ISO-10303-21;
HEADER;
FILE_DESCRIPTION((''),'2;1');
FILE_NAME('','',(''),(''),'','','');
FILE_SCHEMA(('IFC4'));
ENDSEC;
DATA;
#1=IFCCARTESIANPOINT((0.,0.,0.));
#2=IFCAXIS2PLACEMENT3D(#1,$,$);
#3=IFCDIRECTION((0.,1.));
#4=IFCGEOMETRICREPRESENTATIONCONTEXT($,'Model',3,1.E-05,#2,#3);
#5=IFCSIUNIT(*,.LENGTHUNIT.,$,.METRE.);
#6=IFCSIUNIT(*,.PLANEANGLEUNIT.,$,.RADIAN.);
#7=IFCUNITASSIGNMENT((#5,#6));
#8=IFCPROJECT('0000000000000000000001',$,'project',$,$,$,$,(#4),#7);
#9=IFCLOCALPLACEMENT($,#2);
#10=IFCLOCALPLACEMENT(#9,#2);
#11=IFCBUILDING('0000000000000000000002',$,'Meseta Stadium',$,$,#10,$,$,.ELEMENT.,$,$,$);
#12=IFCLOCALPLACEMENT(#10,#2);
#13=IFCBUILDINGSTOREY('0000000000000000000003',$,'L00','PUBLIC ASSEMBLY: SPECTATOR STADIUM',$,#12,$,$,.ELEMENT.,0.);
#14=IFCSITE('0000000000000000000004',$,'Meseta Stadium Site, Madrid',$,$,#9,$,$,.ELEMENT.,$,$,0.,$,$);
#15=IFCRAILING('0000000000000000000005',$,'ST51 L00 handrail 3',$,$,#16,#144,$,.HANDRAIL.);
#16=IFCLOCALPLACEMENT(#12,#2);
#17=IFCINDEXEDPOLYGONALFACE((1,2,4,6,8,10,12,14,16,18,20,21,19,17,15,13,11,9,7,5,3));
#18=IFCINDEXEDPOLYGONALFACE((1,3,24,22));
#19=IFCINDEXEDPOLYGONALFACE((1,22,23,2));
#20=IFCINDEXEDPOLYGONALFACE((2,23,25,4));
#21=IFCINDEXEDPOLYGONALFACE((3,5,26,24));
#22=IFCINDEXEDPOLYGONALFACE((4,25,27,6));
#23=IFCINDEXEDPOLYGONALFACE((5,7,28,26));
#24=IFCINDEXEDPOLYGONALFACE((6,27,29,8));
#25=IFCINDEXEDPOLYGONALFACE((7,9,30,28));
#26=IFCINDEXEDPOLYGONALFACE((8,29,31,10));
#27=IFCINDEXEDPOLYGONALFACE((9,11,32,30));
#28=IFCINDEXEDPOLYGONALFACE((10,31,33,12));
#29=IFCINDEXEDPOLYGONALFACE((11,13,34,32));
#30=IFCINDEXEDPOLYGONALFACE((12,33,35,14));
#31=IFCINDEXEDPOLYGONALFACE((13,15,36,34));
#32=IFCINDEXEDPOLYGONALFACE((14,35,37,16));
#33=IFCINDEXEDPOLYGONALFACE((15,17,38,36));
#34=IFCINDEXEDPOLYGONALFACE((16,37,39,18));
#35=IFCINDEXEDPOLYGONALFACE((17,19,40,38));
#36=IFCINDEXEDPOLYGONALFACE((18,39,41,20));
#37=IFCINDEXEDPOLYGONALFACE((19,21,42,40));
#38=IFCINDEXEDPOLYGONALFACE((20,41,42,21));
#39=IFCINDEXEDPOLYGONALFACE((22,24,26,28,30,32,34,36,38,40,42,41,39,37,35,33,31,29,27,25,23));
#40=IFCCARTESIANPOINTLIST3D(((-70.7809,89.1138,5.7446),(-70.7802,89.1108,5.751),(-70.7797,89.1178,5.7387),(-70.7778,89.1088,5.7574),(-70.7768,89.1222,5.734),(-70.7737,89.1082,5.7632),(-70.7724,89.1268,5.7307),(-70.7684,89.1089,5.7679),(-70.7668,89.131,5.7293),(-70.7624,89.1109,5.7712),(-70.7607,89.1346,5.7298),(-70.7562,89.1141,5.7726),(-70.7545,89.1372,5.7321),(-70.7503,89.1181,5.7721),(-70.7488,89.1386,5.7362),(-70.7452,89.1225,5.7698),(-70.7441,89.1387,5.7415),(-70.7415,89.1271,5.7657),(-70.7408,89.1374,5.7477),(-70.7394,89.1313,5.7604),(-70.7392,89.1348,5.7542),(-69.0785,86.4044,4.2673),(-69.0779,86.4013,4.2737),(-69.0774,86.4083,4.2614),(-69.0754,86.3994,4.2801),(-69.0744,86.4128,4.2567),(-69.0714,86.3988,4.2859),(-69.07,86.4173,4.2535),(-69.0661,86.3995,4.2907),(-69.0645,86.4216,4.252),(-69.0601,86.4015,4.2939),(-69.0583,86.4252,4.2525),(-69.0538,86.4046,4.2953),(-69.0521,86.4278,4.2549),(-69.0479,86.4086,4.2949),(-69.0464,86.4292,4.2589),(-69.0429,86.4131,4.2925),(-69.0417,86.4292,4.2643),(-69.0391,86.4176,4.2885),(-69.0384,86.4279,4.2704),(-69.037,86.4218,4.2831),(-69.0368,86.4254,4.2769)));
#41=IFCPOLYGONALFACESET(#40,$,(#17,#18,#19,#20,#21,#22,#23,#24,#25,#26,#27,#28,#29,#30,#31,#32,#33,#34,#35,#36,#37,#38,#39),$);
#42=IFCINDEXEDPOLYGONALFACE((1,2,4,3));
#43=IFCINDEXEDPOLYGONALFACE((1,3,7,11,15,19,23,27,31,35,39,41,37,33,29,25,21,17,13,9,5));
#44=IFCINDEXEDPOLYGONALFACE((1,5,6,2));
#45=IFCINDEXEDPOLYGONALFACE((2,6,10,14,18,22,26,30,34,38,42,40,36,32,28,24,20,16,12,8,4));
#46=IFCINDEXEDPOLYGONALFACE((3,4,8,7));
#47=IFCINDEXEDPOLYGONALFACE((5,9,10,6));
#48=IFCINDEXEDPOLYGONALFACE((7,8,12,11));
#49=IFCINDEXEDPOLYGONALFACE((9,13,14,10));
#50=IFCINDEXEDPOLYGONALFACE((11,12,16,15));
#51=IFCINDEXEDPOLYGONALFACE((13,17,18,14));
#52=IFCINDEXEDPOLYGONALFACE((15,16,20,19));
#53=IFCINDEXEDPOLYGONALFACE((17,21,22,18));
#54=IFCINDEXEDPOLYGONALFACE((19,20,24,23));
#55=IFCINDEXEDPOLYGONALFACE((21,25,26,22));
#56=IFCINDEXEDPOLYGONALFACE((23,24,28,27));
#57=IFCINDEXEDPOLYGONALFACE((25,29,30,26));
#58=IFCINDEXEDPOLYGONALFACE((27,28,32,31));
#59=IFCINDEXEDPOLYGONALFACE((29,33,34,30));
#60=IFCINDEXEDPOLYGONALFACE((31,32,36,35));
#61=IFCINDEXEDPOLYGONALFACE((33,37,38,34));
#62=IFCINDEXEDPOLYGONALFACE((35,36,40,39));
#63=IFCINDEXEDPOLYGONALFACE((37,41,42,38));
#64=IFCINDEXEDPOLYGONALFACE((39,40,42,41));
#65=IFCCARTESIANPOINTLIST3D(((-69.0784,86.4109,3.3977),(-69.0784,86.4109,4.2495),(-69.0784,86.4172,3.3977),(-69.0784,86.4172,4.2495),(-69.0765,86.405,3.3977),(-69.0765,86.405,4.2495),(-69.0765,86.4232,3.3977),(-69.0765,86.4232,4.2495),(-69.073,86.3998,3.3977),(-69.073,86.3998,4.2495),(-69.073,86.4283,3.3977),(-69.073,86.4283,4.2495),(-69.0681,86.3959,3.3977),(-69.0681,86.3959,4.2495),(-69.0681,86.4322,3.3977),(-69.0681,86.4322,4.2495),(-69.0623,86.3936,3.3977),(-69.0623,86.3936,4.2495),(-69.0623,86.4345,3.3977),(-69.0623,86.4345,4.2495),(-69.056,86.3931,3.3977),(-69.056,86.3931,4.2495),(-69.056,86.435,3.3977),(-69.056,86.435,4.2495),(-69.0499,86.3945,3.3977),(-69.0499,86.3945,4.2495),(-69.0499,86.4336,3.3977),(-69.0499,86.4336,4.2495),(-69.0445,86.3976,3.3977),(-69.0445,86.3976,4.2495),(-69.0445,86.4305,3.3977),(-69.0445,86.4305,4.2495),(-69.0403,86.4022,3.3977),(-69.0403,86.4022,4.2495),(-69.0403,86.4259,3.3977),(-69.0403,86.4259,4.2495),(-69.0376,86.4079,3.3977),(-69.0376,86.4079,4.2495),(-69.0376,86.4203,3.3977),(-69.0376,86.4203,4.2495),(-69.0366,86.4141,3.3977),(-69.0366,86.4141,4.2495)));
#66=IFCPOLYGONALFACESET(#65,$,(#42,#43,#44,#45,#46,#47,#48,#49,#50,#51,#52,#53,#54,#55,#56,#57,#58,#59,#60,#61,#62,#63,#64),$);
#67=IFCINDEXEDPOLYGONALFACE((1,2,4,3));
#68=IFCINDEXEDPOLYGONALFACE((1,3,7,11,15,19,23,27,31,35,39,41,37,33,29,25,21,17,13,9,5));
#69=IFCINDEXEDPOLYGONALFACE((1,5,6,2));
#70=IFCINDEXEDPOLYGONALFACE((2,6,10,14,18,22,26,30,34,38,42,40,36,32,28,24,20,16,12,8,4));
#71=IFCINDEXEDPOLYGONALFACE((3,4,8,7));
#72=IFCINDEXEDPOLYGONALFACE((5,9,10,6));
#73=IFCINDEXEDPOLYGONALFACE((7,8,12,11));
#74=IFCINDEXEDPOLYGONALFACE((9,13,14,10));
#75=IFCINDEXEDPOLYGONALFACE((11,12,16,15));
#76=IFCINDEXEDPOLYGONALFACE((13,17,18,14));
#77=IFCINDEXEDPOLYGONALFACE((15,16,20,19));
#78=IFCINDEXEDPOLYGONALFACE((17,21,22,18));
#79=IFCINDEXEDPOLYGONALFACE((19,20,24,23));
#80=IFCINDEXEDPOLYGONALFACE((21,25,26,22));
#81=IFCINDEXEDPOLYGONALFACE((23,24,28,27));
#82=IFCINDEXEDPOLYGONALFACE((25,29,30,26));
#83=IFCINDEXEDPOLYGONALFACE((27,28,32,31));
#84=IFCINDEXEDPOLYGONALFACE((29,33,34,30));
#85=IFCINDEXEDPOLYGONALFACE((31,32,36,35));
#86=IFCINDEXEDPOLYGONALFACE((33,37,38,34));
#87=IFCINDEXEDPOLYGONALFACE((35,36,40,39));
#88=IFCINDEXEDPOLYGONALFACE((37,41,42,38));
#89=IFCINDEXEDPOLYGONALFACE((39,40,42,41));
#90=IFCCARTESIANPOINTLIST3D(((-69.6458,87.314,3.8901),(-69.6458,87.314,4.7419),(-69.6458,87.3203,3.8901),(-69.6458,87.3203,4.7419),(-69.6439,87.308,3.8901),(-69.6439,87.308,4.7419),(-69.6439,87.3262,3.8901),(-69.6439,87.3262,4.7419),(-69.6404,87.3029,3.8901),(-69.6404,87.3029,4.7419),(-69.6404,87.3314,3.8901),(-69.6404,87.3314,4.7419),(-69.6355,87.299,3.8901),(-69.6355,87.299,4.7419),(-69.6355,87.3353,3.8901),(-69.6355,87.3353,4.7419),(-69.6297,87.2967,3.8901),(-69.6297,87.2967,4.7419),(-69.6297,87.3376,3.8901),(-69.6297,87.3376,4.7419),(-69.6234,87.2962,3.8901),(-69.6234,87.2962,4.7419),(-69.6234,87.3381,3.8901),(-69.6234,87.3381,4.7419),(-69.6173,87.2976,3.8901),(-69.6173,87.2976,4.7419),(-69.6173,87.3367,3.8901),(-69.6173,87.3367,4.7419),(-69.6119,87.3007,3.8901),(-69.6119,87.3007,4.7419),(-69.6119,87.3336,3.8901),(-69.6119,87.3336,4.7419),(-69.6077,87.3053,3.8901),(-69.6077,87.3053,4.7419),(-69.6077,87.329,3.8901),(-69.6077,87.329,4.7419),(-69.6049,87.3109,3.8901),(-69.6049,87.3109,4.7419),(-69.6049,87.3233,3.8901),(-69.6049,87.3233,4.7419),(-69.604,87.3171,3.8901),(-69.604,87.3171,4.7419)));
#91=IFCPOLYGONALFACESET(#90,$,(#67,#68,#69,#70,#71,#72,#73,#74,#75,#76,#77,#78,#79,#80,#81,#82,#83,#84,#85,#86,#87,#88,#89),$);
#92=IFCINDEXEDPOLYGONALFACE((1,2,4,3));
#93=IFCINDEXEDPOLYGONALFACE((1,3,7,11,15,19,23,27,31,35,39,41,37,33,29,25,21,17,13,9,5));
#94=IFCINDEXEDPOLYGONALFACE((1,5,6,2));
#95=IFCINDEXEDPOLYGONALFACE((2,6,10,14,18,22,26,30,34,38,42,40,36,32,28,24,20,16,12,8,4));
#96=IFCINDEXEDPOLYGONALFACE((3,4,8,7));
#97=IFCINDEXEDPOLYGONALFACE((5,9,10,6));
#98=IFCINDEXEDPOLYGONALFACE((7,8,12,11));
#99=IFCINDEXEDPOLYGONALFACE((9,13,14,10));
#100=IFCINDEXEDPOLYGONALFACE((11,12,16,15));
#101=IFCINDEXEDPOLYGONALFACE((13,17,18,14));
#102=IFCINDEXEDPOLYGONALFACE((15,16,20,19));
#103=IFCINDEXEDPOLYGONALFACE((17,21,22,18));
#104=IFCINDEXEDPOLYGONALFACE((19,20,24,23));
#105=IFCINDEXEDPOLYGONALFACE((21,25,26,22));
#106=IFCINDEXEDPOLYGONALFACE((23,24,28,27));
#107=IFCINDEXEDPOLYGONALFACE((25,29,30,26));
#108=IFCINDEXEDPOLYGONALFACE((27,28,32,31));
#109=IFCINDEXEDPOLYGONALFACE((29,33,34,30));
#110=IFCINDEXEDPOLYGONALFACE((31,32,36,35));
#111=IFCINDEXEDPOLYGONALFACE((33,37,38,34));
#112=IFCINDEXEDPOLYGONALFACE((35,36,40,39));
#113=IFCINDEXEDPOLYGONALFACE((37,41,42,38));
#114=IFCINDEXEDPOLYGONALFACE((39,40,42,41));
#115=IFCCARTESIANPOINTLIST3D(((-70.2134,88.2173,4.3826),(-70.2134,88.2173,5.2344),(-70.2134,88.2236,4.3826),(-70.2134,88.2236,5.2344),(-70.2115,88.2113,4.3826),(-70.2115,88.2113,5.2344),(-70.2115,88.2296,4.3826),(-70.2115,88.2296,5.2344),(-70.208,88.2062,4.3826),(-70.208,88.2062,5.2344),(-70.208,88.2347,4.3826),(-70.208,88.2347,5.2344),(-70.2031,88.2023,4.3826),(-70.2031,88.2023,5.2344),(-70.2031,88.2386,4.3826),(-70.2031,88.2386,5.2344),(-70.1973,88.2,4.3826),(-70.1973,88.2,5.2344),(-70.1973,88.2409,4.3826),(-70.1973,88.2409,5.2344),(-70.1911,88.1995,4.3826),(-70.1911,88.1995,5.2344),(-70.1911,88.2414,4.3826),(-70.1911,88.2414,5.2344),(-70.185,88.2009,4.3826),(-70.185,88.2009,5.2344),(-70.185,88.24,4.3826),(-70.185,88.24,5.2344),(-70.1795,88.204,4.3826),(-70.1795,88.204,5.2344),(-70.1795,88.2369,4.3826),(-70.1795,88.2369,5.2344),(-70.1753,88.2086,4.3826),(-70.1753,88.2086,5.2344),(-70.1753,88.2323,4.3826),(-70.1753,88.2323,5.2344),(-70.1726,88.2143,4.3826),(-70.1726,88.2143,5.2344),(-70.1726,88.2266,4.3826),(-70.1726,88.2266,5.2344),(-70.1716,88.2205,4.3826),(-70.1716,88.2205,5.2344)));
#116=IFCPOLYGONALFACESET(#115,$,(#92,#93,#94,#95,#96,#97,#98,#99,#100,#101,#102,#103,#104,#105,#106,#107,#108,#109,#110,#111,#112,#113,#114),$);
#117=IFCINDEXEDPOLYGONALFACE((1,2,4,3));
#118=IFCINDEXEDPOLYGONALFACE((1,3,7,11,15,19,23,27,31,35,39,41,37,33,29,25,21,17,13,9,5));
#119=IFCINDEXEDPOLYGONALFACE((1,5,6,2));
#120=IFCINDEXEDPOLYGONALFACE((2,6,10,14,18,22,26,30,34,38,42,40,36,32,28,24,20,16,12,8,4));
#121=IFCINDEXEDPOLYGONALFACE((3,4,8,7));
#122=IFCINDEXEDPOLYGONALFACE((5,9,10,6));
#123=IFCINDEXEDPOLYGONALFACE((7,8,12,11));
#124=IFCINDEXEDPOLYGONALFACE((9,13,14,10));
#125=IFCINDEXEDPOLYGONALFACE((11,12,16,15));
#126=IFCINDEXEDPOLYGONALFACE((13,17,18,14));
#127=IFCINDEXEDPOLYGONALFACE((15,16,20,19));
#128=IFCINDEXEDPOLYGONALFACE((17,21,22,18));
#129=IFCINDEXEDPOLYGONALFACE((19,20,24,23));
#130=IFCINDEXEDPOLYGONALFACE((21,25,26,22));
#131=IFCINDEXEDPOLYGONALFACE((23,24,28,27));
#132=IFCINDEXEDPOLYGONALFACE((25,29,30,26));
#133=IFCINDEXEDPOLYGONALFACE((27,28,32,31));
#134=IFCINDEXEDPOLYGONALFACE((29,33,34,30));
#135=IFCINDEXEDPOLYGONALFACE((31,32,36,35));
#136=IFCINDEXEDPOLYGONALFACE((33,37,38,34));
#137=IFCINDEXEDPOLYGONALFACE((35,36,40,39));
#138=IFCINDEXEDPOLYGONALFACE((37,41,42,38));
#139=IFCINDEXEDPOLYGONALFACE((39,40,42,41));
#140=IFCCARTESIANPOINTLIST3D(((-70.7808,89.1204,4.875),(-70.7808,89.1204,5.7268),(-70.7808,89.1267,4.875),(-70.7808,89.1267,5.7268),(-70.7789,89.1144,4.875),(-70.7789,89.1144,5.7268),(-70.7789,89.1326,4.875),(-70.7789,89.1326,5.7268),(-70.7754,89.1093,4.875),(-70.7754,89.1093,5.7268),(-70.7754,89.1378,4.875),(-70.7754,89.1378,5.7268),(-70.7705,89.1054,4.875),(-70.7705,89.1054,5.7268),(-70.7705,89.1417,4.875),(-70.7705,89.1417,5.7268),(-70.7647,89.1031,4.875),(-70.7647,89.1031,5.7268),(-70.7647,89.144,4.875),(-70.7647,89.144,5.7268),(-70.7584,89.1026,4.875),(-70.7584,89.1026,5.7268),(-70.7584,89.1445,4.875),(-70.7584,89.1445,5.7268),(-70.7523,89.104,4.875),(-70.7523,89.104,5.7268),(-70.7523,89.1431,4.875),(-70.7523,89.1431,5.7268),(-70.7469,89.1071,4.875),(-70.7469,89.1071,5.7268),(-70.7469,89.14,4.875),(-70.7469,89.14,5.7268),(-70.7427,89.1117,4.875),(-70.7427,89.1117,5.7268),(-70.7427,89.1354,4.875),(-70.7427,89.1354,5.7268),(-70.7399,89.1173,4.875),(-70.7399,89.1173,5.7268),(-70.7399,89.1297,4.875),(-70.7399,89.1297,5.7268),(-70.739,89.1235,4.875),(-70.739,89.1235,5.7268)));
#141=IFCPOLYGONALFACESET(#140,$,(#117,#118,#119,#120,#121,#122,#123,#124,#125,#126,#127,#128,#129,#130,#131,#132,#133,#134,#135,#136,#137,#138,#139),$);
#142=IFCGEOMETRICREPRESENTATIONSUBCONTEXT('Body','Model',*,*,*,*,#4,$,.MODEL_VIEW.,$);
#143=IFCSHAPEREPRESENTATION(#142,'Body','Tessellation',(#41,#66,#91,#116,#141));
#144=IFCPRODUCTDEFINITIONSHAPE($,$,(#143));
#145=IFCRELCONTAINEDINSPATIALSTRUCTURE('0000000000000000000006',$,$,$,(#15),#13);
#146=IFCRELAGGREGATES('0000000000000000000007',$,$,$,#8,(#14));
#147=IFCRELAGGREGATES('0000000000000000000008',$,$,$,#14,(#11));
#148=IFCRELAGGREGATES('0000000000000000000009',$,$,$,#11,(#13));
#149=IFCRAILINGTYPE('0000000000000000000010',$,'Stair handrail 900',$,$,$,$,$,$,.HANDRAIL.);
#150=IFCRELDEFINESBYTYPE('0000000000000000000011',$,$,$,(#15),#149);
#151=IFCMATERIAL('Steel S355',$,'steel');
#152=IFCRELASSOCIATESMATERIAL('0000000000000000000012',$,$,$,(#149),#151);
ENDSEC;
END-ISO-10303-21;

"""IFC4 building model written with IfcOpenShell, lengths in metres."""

from ifc_helpers import new_model, si_unit, direction, frame, origin, origin_2d, place, context, subcontext, project, spatial, circle, extrude, material, type_object, element, save


model = new_model("IFC4")

# Units and contexts
model_context = context("Model", 3, precision=1e-05, world=origin(), true_north=direction((0.0, 1.0)))
body_context = subcontext(model_context, "Body", "Model", "MODEL_VIEW")
ifc_project = project(units=[si_unit("LENGTHUNIT", "METRE"), si_unit("PLANEANGLEUNIT", "RADIAN")], contexts=[model_context])

# Site, building, storey
site_placement = place(None, origin())
site = spatial("IfcSite", under=ifc_project, at=site_placement, Name="Meseta Stadium Site, Madrid", CompositionType="ELEMENT", RefElevation=0.0)
building_placement = place(site_placement, origin())
building = spatial("IfcBuilding", under=site, at=building_placement, Name="Meseta Stadium", CompositionType="ELEMENT")
storey_placement = place(building_placement, origin())
storey = spatial("IfcBuildingStorey", under=building, at=storey_placement, Name="L00", Description="PUBLIC ASSEMBLY: SPECTATOR STADIUM", CompositionType="ELEMENT", Elevation=0.0)

# Railing
ifc_material_1 = material(Name="Steel S355", Category="steel")
railing_type_1 = type_object("IfcRailingType", Name="Stair handrail 900", PredefinedType="HANDRAIL", material=ifc_material_1)
railing_1_placement = place(storey_placement, frame((-69.0576, 86.4141, 3.3977)))
element("IfcRailing", 1, at=railing_1_placement, inside=storey, type_object=railing_type_1, Name="ST51 L00 handrail 3", PredefinedType="HANDRAIL", context=body_context, shape_type="SweptSolid", body=[
    extrude(circle(Radius=0.0239, at=origin_2d()), frame((0.0, 0.0, 0.876), z_axis=(-0.483023, 0.768764, 0.419156), x_axis=(-0.846736, -0.532014, 0.0)), (0.0, 0.0, 1.0), 3.5244),
    extrude(circle(Radius=0.021, at=origin_2d()), origin(), (0.0, 0.0, 1.0), 0.8518),
    extrude(circle(Radius=0.021, at=origin_2d()), frame((-0.5674, 0.9031, 0.4924)), (0.0, 0.0, 1.0), 0.8518),
    extrude(circle(Radius=0.021, at=origin_2d()), frame((-1.135, 1.8064, 0.9849)), (0.0, 0.0, 1.0), 0.8518),
    extrude(circle(Radius=0.021, at=origin_2d()), frame((-1.7024, 2.7095, 1.4773)), (0.0, 0.0, 1.0), 0.8518),
])

save(model, "model.ifc")
